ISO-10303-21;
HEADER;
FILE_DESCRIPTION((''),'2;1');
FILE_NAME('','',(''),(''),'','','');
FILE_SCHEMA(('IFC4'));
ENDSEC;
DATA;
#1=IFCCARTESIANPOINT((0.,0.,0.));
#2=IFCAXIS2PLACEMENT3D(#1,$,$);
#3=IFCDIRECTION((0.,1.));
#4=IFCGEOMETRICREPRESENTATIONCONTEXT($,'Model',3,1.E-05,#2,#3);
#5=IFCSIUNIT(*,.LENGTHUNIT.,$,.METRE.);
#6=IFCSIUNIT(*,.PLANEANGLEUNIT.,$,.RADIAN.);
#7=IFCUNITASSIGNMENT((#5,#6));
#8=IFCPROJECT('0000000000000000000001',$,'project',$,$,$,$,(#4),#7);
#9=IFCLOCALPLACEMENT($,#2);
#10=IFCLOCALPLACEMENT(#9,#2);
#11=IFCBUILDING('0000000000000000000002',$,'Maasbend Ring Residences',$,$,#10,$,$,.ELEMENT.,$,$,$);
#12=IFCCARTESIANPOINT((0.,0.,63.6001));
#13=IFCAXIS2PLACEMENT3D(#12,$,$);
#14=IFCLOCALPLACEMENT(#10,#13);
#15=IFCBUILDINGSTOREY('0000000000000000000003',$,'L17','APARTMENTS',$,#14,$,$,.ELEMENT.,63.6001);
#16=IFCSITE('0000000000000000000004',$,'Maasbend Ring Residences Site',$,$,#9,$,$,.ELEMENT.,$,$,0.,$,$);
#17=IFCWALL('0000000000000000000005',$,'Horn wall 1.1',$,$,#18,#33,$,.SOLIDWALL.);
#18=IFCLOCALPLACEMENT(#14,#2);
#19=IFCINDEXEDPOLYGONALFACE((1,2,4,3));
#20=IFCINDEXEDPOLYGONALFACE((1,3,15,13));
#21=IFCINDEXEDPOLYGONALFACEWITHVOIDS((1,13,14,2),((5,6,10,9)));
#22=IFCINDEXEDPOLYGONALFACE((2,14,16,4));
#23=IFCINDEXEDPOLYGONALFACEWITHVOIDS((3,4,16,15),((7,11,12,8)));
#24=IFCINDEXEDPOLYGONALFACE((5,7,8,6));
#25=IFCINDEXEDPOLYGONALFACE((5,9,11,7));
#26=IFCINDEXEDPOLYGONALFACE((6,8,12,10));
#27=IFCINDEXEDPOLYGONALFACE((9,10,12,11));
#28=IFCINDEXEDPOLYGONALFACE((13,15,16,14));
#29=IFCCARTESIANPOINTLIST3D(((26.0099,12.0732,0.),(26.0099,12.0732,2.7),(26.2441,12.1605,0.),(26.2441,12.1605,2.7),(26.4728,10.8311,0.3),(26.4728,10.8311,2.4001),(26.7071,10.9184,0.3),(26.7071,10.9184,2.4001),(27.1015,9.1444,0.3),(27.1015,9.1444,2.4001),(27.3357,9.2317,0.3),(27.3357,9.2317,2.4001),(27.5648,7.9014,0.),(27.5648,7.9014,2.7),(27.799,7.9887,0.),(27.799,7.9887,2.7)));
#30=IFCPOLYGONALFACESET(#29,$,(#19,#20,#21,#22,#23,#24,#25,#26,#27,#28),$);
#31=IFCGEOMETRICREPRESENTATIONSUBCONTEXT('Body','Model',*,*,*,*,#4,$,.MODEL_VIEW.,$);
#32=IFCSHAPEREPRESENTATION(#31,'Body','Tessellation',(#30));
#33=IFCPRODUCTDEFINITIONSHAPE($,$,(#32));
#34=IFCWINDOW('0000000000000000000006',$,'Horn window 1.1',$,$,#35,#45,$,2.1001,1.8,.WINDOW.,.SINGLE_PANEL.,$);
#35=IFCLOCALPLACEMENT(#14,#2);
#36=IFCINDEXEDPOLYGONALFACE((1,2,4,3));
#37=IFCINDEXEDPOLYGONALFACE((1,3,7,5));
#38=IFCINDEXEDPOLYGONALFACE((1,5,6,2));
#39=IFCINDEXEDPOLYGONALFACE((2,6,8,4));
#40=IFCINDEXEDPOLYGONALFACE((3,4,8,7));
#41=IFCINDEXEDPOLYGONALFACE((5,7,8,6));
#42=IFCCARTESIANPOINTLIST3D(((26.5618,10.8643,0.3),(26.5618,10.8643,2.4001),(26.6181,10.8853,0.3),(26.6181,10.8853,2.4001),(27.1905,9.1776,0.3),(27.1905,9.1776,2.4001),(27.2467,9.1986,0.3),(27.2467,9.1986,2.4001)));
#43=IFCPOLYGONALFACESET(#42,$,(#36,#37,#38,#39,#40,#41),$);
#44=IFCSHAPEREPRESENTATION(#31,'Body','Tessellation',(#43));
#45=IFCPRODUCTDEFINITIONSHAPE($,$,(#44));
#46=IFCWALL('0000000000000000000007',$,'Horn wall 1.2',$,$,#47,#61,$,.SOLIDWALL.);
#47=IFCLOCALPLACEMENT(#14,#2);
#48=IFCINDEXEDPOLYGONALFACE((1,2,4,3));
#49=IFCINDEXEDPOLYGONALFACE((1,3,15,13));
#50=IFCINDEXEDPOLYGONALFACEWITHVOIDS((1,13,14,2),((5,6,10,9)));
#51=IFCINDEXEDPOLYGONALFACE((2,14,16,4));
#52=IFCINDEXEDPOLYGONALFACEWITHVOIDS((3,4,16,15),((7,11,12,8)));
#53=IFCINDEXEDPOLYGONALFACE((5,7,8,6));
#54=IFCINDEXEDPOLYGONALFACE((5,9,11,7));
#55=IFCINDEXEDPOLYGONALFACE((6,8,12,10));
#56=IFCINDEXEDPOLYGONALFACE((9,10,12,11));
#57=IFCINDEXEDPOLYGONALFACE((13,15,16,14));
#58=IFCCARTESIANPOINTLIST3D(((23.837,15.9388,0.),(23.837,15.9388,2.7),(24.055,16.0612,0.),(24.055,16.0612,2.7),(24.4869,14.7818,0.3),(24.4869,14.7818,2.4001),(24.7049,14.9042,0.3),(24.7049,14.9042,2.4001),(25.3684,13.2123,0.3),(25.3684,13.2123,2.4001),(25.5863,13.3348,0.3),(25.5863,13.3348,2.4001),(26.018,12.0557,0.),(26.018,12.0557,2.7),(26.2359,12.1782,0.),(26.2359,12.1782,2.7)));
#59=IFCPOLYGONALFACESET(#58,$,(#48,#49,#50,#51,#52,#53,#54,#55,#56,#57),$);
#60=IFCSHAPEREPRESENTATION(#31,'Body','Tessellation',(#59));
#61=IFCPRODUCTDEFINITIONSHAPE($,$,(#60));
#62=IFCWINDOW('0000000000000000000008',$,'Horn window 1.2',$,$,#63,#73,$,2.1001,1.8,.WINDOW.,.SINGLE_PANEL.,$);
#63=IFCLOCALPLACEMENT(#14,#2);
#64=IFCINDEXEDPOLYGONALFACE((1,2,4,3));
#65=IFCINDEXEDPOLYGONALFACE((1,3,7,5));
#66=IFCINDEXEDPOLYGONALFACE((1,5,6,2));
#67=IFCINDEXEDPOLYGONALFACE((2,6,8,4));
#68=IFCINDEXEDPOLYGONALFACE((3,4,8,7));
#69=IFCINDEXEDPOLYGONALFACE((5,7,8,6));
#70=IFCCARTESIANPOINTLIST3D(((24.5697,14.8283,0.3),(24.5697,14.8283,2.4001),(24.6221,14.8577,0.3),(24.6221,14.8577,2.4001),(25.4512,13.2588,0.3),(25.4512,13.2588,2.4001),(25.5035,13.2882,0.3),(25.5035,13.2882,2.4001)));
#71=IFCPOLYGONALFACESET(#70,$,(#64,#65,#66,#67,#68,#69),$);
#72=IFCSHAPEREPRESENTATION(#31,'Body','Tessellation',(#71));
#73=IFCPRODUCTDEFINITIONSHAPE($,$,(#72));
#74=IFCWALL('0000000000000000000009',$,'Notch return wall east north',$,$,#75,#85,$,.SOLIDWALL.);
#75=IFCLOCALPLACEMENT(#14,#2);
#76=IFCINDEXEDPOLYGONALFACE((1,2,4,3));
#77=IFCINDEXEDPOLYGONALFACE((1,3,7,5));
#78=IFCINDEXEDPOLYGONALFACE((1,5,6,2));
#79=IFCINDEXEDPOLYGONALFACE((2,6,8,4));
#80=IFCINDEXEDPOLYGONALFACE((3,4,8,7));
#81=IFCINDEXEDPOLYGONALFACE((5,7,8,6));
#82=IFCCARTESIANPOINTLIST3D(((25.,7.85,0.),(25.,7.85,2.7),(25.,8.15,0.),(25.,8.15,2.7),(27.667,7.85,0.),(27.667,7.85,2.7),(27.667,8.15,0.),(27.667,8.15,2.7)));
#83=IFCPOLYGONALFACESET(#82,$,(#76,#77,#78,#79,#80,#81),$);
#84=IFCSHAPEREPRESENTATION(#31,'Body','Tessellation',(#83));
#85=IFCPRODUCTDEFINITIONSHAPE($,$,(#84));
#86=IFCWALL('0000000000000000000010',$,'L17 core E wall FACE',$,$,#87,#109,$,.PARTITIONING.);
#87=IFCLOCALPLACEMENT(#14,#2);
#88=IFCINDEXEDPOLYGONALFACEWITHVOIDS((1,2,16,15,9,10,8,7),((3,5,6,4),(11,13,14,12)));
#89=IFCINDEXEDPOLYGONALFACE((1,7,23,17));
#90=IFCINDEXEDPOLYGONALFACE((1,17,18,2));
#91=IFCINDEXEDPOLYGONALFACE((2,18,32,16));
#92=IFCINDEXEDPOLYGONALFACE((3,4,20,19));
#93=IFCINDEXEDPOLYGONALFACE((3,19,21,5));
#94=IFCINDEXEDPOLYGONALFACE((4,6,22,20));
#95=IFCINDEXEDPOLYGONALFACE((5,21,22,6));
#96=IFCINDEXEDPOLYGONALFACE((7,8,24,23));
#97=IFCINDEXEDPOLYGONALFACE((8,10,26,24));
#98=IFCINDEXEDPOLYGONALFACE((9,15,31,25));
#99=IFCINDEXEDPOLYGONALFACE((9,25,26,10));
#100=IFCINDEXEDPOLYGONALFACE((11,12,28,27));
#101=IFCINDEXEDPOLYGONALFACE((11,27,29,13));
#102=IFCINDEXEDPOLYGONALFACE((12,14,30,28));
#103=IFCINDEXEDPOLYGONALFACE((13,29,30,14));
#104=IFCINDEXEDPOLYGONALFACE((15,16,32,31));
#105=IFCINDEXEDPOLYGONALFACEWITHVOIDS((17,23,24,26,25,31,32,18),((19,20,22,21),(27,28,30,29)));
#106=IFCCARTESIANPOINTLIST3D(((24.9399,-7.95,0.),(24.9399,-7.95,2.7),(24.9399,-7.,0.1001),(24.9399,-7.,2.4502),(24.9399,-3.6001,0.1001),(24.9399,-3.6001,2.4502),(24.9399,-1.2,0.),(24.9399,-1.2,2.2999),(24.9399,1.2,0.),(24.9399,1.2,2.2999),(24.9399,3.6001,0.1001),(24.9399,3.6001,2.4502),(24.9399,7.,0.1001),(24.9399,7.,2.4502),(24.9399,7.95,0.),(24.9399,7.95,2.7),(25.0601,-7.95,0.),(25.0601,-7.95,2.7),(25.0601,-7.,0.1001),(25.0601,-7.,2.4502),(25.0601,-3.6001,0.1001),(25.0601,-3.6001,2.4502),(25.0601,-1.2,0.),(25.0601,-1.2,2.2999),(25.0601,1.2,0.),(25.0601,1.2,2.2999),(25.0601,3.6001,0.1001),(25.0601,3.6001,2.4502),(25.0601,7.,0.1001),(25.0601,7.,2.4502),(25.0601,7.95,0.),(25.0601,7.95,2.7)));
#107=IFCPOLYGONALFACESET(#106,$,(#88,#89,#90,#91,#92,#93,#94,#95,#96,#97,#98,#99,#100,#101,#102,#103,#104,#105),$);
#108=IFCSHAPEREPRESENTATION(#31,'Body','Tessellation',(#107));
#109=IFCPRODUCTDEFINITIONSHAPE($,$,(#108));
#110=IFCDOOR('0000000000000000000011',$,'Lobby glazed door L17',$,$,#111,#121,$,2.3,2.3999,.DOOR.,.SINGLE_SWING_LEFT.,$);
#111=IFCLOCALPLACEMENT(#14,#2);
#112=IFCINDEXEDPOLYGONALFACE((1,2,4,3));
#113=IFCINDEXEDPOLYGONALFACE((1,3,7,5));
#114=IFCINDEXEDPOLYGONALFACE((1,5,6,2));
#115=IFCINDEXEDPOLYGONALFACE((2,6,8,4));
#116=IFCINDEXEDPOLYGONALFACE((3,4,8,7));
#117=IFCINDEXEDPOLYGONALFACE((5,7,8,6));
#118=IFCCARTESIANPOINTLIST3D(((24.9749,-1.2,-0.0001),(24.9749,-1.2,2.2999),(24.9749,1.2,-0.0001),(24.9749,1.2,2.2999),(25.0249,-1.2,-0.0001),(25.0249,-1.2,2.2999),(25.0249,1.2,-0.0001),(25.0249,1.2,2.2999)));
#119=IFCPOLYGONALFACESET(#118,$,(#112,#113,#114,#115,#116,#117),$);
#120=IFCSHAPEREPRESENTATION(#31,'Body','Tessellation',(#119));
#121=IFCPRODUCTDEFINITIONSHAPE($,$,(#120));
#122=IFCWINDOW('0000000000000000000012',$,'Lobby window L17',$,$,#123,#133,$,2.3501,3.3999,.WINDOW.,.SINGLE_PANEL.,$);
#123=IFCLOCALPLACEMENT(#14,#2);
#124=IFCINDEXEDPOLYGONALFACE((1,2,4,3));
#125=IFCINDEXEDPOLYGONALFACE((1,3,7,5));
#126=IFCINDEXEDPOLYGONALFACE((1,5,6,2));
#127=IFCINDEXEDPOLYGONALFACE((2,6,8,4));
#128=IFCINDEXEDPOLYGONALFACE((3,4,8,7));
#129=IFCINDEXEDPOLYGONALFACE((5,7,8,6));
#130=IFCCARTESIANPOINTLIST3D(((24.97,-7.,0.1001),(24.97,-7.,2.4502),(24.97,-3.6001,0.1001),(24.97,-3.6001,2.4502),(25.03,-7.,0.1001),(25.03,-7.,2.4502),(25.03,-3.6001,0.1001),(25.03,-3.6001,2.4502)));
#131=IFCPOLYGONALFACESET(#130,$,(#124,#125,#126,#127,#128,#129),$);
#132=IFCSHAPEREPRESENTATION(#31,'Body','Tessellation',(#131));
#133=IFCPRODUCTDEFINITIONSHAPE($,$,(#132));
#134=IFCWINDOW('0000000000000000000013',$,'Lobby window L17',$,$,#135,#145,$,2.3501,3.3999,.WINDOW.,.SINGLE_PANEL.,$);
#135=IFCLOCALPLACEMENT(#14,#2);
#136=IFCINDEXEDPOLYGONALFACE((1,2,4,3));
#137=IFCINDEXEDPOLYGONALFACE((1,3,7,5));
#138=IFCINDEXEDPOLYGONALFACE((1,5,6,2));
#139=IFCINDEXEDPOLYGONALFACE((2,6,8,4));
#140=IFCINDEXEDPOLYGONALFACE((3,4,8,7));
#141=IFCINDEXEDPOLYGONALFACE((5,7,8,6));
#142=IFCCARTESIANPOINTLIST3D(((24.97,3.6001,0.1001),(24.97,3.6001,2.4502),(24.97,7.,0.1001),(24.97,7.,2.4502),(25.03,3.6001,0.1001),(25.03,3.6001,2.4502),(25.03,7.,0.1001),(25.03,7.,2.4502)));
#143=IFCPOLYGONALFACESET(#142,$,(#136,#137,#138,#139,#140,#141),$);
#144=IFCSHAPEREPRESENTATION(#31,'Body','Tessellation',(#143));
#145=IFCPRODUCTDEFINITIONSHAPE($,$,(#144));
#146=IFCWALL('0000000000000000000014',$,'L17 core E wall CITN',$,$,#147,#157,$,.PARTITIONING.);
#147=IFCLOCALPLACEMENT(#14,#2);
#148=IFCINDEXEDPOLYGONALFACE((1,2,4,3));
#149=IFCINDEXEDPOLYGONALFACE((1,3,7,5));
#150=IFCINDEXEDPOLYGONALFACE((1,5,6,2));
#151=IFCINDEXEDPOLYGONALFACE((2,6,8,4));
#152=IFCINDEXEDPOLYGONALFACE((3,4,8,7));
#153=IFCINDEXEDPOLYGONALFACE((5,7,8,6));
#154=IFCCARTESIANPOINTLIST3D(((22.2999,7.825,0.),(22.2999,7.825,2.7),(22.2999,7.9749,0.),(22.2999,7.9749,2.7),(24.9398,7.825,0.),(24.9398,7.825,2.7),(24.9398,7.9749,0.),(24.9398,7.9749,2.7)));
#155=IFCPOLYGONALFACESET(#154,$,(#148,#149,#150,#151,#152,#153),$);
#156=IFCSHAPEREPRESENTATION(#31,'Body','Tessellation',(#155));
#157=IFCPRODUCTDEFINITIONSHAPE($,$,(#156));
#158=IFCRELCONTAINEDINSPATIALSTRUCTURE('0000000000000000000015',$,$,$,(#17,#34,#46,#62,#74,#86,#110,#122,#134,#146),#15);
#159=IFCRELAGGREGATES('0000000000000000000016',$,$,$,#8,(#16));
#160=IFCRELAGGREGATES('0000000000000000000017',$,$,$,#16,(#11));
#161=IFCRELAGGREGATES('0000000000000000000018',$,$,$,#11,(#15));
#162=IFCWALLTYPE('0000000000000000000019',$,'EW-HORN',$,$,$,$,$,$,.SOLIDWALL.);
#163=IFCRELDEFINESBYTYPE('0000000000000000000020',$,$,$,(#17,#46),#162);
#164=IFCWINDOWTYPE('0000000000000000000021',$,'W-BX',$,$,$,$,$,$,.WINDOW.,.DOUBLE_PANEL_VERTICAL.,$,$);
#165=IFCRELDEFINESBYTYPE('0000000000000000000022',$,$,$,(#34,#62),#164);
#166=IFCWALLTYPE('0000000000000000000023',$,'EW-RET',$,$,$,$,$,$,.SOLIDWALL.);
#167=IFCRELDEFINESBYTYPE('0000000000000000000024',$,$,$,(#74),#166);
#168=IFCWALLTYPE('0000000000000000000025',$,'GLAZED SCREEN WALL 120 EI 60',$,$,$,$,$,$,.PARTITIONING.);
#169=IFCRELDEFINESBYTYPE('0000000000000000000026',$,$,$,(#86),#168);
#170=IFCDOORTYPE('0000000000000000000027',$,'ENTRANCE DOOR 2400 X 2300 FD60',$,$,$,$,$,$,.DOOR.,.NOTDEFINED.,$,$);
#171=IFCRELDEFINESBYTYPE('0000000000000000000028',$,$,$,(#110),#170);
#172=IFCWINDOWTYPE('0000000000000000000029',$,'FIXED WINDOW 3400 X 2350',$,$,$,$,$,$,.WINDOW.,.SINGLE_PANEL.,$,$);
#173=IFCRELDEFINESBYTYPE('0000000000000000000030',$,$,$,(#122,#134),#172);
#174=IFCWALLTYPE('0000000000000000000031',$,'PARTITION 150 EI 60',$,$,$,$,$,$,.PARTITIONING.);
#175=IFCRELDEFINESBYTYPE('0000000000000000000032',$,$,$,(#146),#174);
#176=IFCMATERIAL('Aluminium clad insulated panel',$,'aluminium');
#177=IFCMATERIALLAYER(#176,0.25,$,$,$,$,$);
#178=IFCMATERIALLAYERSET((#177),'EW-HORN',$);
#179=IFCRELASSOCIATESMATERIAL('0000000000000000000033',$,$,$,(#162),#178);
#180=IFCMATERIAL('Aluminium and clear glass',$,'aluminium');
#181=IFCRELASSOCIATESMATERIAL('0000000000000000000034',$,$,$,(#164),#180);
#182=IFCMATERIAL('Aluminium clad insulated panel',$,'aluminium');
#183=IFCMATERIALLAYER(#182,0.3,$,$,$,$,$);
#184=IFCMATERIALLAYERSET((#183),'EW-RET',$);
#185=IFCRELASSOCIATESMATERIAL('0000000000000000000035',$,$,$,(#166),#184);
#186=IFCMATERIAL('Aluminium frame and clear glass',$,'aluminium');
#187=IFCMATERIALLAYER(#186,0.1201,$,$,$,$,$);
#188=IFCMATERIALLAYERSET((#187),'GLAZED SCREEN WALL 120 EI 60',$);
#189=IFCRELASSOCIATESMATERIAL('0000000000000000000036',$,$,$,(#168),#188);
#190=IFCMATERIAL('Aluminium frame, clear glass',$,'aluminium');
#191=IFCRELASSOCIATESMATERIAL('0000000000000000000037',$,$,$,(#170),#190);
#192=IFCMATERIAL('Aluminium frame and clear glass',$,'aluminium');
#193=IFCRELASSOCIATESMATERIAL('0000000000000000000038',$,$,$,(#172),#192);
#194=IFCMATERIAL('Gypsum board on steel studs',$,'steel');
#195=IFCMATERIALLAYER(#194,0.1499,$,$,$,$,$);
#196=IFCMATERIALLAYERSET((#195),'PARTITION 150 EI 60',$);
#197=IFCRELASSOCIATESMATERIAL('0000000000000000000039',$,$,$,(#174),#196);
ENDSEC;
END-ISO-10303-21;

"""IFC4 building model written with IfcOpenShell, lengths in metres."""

from ifc_helpers import new_model, si_unit, direction, frame, frame_2d, origin, place, context, subcontext, project, spatial, rectangle, extrude, material, layer, layer_set, type_object, element, fill, save


model = new_model("IFC4")

# Units and contexts
model_context = context("Model", 3, precision=1e-05, world=origin(), true_north=direction((0.0, 1.0)))
body_context = subcontext(model_context, "Body", "Model", "MODEL_VIEW")
ifc_project = project(units=[si_unit("LENGTHUNIT", "METRE"), si_unit("PLANEANGLEUNIT", "RADIAN")], contexts=[model_context])

# Site, building, storey
site_placement = place(None, origin())
site = spatial("IfcSite", under=ifc_project, at=site_placement, Name="Maasbend Ring Residences Site", CompositionType="ELEMENT", RefElevation=0.0)
building_placement = place(site_placement, origin())
building = spatial("IfcBuilding", under=site, at=building_placement, Name="Maasbend Ring Residences", CompositionType="ELEMENT")
storey_placement = place(building_placement, frame((0.0, 0.0, 63.6001)))
storey = spatial("IfcBuildingStorey", under=building, at=storey_placement, Name="L17", Description="APARTMENTS", CompositionType="ELEMENT", Elevation=63.6001)

# Walls, openings, windows
ifc_material_1 = material(Name="Aluminium clad insulated panel", Category="aluminium")
ifc_layer_1 = layer(ifc_material_1, 0.25)
ifc_layer_set_1 = layer_set([ifc_layer_1], Name="EW-HORN")
wall_type_1 = type_object("IfcWallType", Name="EW-HORN", PredefinedType="SOLIDWALL", material=ifc_layer_set_1)
wall_1_placement = place(storey_placement, frame((27.6819, 7.9451, 0.0), z_axis=(0.0, 0.0, 1.0), x_axis=(-0.349248, 0.93703, 0.0)))
wall_1 = element("IfcWall", 1, at=wall_1_placement, inside=storey, type_object=wall_type_1, Name="Horn wall 1.1", PredefinedType="SOLIDWALL", context=body_context, shape_type="SweptSolid", body=[
    extrude(rectangle(XDim=4.4521, YDim=0.25, at=frame_2d((2.2261, 0.0))), origin(), (0.0, 0.0, 1.0), 2.7),
])
opening_1_placement = place(wall_1_placement, frame((1.3267, 0.0, 0.3)))
opening_1 = element("IfcOpeningElement", 2, at=opening_1_placement, cuts=wall_1, PredefinedType="OPENING", context=body_context, shape_type="SweptSolid", body=[
    extrude(rectangle(XDim=1.8, YDim=2.1001, at=frame_2d((0.8999, 1.05))), frame((0.0, 0.135, 0.0), z_axis=(0.0, -1.0, 0.0), x_axis=(1.0, 0.0, 0.0)), (0.0, 0.0, 1.0), 0.27),
])
ifc_material_2 = material(Name="Aluminium and clear glass", Category="aluminium")
window_type_1 = type_object("IfcWindowType", Name="W-BX", PartitioningType="DOUBLE_PANEL_VERTICAL", PredefinedType="WINDOW", material=ifc_material_2)
window_1_placement = place(opening_1_placement, origin())
window_1 = element("IfcWindow", 3, at=window_1_placement, inside=storey, type_object=window_type_1, Name="Horn window 1.1", OverallHeight=2.1001, OverallWidth=1.8, PartitioningType="SINGLE_PANEL", PredefinedType="WINDOW", context=body_context, shape_type="SweptSolid", body=[
    extrude(rectangle(XDim=1.8, YDim=2.1001, at=frame_2d((0.8999, 1.05))), frame((0.0, 0.03, 0.0), z_axis=(0.0, -1.0, 0.0), x_axis=(1.0, 0.0, 0.0)), (0.0, 0.0, 1.0), 0.0601),
])
fill(opening_1, window_1)
wall_2_placement = place(storey_placement, frame((26.127, 12.1169, 0.0), z_axis=(0.0, 0.0, 1.0), x_axis=(-0.489696, 0.871893, 0.0)))
wall_2 = element("IfcWall", 4, at=wall_2_placement, inside=storey, type_object=wall_type_1, Name="Horn wall 1.2", PredefinedType="SOLIDWALL", context=body_context, shape_type="SweptSolid", body=[
    extrude(rectangle(XDim=4.4536, YDim=0.25, at=frame_2d((2.2268, 0.0))), origin(), (0.0, 0.0, 1.0), 2.7),
])
opening_2_placement = place(wall_2_placement, frame((1.3267, 0.0, 0.3)))
opening_2 = element("IfcOpeningElement", 5, at=opening_2_placement, cuts=wall_2, PredefinedType="OPENING", context=body_context, shape_type="SweptSolid", body=[
    extrude(rectangle(XDim=1.8, YDim=2.1001, at=frame_2d((0.8999, 1.05))), frame((0.0, 0.135, 0.0), z_axis=(0.0, -1.0, 0.0), x_axis=(1.0, 0.0, 0.0)), (0.0, 0.0, 1.0), 0.27),
])
window_2_placement = place(opening_2_placement, origin())
window_2 = element("IfcWindow", 6, at=window_2_placement, inside=storey, type_object=window_type_1, Name="Horn window 1.2", OverallHeight=2.1001, OverallWidth=1.8, PartitioningType="SINGLE_PANEL", PredefinedType="WINDOW", context=body_context, shape_type="SweptSolid", body=[
    extrude(rectangle(XDim=1.8, YDim=2.1001, at=frame_2d((0.8999, 1.05))), frame((0.0, 0.03, 0.0), z_axis=(0.0, -1.0, 0.0), x_axis=(1.0, 0.0, 0.0)), (0.0, 0.0, 1.0), 0.0601),
])
fill(opening_2, window_2)

# Wall
ifc_material_3 = material(Name="Aluminium clad insulated panel", Category="aluminium")
ifc_layer_2 = layer(ifc_material_3, 0.3)
ifc_layer_set_2 = layer_set([ifc_layer_2], Name="EW-RET")
wall_type_2 = type_object("IfcWallType", Name="EW-RET", PredefinedType="SOLIDWALL", material=ifc_layer_set_2)
wall_3_placement = place(storey_placement, frame((25.0, 8.0, 0.0), z_axis=(0.0, 0.0, 1.0), x_axis=(1.0, 0.0, 0.0)))
element("IfcWall", 7, at=wall_3_placement, inside=storey, type_object=wall_type_2, Name="Notch return wall east north", PredefinedType="SOLIDWALL", context=body_context, shape_type="SweptSolid", body=[
    extrude(rectangle(XDim=2.667, YDim=0.3, at=frame_2d((1.3335, 0.0))), origin(), (0.0, 0.0, 1.0), 2.7),
])

# Wall, openings, door, windows
ifc_material_4 = material(Name="Aluminium frame and clear glass", Category="aluminium")
ifc_layer_3 = layer(ifc_material_4, 0.1201)
ifc_layer_set_3 = layer_set([ifc_layer_3], Name="GLAZED SCREEN WALL 120 EI 60")
wall_type_3 = type_object("IfcWallType", Name="GLAZED SCREEN WALL 120 EI 60", PredefinedType="PARTITIONING", material=ifc_layer_set_3)
wall_4_placement = place(storey_placement, frame((25.0, 7.95, 0.0), z_axis=(0.0, 0.0, 1.0), x_axis=(0.0, -1.0, 0.0)))
wall_4 = element("IfcWall", 8, at=wall_4_placement, inside=storey, type_object=wall_type_3, Name="L17 core E wall FACE", PredefinedType="PARTITIONING", context=body_context, shape_type="SweptSolid", body=[
    extrude(rectangle(XDim=15.8999, YDim=0.1201, at=frame_2d((7.95, 0.0))), origin(), (0.0, 0.0, 1.0), 2.7),
])
opening_3_placement = place(wall_4_placement, frame((6.75, 0.0, 0.0)))
opening_3 = element("IfcOpeningElement", 9, at=opening_3_placement, cuts=wall_4, PredefinedType="OPENING", context=body_context, shape_type="SweptSolid", body=[
    extrude(rectangle(XDim=2.3999, YDim=2.3, at=frame_2d((1.2, 1.1499))), frame((0.0, 0.0701, 0.0), z_axis=(0.0, -1.0, 0.0), x_axis=(1.0, 0.0, 0.0)), (0.0, 0.0, 1.0), 0.1401),
])
opening_4_placement = place(wall_4_placement, frame((11.55, 0.0, 0.1001)))
opening_4 = element("IfcOpeningElement", 10, at=opening_4_placement, cuts=wall_4, PredefinedType="OPENING", context=body_context, shape_type="SweptSolid", body=[
    extrude(rectangle(XDim=3.3999, YDim=2.3501, at=frame_2d((1.7, 1.175))), frame((0.0, 0.0701, 0.0), z_axis=(0.0, -1.0, 0.0), x_axis=(1.0, 0.0, 0.0)), (0.0, 0.0, 1.0), 0.1401),
])
opening_5_placement = place(wall_4_placement, frame((0.95, 0.0, 0.1001)))
opening_5 = element("IfcOpeningElement", 11, at=opening_5_placement, cuts=wall_4, PredefinedType="OPENING", context=body_context, shape_type="SweptSolid", body=[
    extrude(rectangle(XDim=3.3999, YDim=2.3501, at=frame_2d((1.7, 1.175))), frame((0.0, 0.0701, 0.0), z_axis=(0.0, -1.0, 0.0), x_axis=(1.0, 0.0, 0.0)), (0.0, 0.0, 1.0), 0.1401),
])
ifc_material_5 = material(Name="Aluminium frame, clear glass", Category="aluminium")
door_type_1 = type_object("IfcDoorType", Name="ENTRANCE DOOR 2400 X 2300 FD60", OperationType="NOTDEFINED", PredefinedType="DOOR", material=ifc_material_5)
door_1_placement = place(opening_3_placement, origin())
door_1 = element("IfcDoor", 12, at=door_1_placement, inside=storey, type_object=door_type_1, Name="Lobby glazed door L17", OperationType="SINGLE_SWING_LEFT", OverallHeight=2.3, OverallWidth=2.3999, PredefinedType="DOOR", context=body_context, shape_type="SweptSolid", body=[
    extrude(rectangle(XDim=2.3999, YDim=2.3, at=frame_2d((1.2, 1.1499))), frame((0.0, 0.0249, 0.0), z_axis=(0.0, -1.0, 0.0), x_axis=(1.0, 0.0, 0.0)), (0.0, 0.0, 1.0), 0.05),
])
fill(opening_3, door_1)
ifc_material_6 = material(Name="Aluminium frame and clear glass", Category="aluminium")
window_type_2 = type_object("IfcWindowType", Name="FIXED WINDOW 3400 X 2350", PartitioningType="SINGLE_PANEL", PredefinedType="WINDOW", material=ifc_material_6)
window_3_placement = place(opening_4_placement, origin())
window_3 = element("IfcWindow", 13, at=window_3_placement, inside=storey, type_object=window_type_2, Name="Lobby window L17", OverallHeight=2.3501, OverallWidth=3.3999, PartitioningType="SINGLE_PANEL", PredefinedType="WINDOW", context=body_context, shape_type="SweptSolid", body=[
    extrude(rectangle(XDim=3.3999, YDim=2.3501, at=frame_2d((1.7, 1.175))), frame((0.0, 0.03, 0.0), z_axis=(0.0, -1.0, 0.0), x_axis=(1.0, 0.0, 0.0)), (0.0, 0.0, 1.0), 0.0601),
])
fill(opening_4, window_3)
window_4_placement = place(opening_5_placement, origin())
window_4 = element("IfcWindow", 14, at=window_4_placement, inside=storey, type_object=window_type_2, Name="Lobby window L17", OverallHeight=2.3501, OverallWidth=3.3999, PartitioningType="SINGLE_PANEL", PredefinedType="WINDOW", context=body_context, shape_type="SweptSolid", body=[
    extrude(rectangle(XDim=3.3999, YDim=2.3501, at=frame_2d((1.7, 1.175))), frame((0.0, 0.03, 0.0), z_axis=(0.0, -1.0, 0.0), x_axis=(1.0, 0.0, 0.0)), (0.0, 0.0, 1.0), 0.0601),
])
fill(opening_5, window_4)

# Wall
ifc_material_7 = material(Name="Gypsum board on steel studs", Category="steel")
ifc_layer_4 = layer(ifc_material_7, 0.1499)
ifc_layer_set_4 = layer_set([ifc_layer_4], Name="PARTITION 150 EI 60")
wall_type_4 = type_object("IfcWallType", Name="PARTITION 150 EI 60", PredefinedType="PARTITIONING", material=ifc_layer_set_4)
wall_5_placement = place(storey_placement, frame((22.3, 7.8999, 0.0), z_axis=(0.0, 0.0, 1.0), x_axis=(1.0, 0.0, 0.0)))
element("IfcWall", 15, at=wall_5_placement, inside=storey, type_object=wall_type_4, Name="L17 core E wall CITN", PredefinedType="PARTITIONING", context=body_context, shape_type="SweptSolid", body=[
    extrude(rectangle(XDim=2.6399, YDim=0.1499, at=frame_2d((1.3198, 0.0))), origin(), (0.0, 0.0, 1.0), 2.7),
])

save(model, "model.ifc")
